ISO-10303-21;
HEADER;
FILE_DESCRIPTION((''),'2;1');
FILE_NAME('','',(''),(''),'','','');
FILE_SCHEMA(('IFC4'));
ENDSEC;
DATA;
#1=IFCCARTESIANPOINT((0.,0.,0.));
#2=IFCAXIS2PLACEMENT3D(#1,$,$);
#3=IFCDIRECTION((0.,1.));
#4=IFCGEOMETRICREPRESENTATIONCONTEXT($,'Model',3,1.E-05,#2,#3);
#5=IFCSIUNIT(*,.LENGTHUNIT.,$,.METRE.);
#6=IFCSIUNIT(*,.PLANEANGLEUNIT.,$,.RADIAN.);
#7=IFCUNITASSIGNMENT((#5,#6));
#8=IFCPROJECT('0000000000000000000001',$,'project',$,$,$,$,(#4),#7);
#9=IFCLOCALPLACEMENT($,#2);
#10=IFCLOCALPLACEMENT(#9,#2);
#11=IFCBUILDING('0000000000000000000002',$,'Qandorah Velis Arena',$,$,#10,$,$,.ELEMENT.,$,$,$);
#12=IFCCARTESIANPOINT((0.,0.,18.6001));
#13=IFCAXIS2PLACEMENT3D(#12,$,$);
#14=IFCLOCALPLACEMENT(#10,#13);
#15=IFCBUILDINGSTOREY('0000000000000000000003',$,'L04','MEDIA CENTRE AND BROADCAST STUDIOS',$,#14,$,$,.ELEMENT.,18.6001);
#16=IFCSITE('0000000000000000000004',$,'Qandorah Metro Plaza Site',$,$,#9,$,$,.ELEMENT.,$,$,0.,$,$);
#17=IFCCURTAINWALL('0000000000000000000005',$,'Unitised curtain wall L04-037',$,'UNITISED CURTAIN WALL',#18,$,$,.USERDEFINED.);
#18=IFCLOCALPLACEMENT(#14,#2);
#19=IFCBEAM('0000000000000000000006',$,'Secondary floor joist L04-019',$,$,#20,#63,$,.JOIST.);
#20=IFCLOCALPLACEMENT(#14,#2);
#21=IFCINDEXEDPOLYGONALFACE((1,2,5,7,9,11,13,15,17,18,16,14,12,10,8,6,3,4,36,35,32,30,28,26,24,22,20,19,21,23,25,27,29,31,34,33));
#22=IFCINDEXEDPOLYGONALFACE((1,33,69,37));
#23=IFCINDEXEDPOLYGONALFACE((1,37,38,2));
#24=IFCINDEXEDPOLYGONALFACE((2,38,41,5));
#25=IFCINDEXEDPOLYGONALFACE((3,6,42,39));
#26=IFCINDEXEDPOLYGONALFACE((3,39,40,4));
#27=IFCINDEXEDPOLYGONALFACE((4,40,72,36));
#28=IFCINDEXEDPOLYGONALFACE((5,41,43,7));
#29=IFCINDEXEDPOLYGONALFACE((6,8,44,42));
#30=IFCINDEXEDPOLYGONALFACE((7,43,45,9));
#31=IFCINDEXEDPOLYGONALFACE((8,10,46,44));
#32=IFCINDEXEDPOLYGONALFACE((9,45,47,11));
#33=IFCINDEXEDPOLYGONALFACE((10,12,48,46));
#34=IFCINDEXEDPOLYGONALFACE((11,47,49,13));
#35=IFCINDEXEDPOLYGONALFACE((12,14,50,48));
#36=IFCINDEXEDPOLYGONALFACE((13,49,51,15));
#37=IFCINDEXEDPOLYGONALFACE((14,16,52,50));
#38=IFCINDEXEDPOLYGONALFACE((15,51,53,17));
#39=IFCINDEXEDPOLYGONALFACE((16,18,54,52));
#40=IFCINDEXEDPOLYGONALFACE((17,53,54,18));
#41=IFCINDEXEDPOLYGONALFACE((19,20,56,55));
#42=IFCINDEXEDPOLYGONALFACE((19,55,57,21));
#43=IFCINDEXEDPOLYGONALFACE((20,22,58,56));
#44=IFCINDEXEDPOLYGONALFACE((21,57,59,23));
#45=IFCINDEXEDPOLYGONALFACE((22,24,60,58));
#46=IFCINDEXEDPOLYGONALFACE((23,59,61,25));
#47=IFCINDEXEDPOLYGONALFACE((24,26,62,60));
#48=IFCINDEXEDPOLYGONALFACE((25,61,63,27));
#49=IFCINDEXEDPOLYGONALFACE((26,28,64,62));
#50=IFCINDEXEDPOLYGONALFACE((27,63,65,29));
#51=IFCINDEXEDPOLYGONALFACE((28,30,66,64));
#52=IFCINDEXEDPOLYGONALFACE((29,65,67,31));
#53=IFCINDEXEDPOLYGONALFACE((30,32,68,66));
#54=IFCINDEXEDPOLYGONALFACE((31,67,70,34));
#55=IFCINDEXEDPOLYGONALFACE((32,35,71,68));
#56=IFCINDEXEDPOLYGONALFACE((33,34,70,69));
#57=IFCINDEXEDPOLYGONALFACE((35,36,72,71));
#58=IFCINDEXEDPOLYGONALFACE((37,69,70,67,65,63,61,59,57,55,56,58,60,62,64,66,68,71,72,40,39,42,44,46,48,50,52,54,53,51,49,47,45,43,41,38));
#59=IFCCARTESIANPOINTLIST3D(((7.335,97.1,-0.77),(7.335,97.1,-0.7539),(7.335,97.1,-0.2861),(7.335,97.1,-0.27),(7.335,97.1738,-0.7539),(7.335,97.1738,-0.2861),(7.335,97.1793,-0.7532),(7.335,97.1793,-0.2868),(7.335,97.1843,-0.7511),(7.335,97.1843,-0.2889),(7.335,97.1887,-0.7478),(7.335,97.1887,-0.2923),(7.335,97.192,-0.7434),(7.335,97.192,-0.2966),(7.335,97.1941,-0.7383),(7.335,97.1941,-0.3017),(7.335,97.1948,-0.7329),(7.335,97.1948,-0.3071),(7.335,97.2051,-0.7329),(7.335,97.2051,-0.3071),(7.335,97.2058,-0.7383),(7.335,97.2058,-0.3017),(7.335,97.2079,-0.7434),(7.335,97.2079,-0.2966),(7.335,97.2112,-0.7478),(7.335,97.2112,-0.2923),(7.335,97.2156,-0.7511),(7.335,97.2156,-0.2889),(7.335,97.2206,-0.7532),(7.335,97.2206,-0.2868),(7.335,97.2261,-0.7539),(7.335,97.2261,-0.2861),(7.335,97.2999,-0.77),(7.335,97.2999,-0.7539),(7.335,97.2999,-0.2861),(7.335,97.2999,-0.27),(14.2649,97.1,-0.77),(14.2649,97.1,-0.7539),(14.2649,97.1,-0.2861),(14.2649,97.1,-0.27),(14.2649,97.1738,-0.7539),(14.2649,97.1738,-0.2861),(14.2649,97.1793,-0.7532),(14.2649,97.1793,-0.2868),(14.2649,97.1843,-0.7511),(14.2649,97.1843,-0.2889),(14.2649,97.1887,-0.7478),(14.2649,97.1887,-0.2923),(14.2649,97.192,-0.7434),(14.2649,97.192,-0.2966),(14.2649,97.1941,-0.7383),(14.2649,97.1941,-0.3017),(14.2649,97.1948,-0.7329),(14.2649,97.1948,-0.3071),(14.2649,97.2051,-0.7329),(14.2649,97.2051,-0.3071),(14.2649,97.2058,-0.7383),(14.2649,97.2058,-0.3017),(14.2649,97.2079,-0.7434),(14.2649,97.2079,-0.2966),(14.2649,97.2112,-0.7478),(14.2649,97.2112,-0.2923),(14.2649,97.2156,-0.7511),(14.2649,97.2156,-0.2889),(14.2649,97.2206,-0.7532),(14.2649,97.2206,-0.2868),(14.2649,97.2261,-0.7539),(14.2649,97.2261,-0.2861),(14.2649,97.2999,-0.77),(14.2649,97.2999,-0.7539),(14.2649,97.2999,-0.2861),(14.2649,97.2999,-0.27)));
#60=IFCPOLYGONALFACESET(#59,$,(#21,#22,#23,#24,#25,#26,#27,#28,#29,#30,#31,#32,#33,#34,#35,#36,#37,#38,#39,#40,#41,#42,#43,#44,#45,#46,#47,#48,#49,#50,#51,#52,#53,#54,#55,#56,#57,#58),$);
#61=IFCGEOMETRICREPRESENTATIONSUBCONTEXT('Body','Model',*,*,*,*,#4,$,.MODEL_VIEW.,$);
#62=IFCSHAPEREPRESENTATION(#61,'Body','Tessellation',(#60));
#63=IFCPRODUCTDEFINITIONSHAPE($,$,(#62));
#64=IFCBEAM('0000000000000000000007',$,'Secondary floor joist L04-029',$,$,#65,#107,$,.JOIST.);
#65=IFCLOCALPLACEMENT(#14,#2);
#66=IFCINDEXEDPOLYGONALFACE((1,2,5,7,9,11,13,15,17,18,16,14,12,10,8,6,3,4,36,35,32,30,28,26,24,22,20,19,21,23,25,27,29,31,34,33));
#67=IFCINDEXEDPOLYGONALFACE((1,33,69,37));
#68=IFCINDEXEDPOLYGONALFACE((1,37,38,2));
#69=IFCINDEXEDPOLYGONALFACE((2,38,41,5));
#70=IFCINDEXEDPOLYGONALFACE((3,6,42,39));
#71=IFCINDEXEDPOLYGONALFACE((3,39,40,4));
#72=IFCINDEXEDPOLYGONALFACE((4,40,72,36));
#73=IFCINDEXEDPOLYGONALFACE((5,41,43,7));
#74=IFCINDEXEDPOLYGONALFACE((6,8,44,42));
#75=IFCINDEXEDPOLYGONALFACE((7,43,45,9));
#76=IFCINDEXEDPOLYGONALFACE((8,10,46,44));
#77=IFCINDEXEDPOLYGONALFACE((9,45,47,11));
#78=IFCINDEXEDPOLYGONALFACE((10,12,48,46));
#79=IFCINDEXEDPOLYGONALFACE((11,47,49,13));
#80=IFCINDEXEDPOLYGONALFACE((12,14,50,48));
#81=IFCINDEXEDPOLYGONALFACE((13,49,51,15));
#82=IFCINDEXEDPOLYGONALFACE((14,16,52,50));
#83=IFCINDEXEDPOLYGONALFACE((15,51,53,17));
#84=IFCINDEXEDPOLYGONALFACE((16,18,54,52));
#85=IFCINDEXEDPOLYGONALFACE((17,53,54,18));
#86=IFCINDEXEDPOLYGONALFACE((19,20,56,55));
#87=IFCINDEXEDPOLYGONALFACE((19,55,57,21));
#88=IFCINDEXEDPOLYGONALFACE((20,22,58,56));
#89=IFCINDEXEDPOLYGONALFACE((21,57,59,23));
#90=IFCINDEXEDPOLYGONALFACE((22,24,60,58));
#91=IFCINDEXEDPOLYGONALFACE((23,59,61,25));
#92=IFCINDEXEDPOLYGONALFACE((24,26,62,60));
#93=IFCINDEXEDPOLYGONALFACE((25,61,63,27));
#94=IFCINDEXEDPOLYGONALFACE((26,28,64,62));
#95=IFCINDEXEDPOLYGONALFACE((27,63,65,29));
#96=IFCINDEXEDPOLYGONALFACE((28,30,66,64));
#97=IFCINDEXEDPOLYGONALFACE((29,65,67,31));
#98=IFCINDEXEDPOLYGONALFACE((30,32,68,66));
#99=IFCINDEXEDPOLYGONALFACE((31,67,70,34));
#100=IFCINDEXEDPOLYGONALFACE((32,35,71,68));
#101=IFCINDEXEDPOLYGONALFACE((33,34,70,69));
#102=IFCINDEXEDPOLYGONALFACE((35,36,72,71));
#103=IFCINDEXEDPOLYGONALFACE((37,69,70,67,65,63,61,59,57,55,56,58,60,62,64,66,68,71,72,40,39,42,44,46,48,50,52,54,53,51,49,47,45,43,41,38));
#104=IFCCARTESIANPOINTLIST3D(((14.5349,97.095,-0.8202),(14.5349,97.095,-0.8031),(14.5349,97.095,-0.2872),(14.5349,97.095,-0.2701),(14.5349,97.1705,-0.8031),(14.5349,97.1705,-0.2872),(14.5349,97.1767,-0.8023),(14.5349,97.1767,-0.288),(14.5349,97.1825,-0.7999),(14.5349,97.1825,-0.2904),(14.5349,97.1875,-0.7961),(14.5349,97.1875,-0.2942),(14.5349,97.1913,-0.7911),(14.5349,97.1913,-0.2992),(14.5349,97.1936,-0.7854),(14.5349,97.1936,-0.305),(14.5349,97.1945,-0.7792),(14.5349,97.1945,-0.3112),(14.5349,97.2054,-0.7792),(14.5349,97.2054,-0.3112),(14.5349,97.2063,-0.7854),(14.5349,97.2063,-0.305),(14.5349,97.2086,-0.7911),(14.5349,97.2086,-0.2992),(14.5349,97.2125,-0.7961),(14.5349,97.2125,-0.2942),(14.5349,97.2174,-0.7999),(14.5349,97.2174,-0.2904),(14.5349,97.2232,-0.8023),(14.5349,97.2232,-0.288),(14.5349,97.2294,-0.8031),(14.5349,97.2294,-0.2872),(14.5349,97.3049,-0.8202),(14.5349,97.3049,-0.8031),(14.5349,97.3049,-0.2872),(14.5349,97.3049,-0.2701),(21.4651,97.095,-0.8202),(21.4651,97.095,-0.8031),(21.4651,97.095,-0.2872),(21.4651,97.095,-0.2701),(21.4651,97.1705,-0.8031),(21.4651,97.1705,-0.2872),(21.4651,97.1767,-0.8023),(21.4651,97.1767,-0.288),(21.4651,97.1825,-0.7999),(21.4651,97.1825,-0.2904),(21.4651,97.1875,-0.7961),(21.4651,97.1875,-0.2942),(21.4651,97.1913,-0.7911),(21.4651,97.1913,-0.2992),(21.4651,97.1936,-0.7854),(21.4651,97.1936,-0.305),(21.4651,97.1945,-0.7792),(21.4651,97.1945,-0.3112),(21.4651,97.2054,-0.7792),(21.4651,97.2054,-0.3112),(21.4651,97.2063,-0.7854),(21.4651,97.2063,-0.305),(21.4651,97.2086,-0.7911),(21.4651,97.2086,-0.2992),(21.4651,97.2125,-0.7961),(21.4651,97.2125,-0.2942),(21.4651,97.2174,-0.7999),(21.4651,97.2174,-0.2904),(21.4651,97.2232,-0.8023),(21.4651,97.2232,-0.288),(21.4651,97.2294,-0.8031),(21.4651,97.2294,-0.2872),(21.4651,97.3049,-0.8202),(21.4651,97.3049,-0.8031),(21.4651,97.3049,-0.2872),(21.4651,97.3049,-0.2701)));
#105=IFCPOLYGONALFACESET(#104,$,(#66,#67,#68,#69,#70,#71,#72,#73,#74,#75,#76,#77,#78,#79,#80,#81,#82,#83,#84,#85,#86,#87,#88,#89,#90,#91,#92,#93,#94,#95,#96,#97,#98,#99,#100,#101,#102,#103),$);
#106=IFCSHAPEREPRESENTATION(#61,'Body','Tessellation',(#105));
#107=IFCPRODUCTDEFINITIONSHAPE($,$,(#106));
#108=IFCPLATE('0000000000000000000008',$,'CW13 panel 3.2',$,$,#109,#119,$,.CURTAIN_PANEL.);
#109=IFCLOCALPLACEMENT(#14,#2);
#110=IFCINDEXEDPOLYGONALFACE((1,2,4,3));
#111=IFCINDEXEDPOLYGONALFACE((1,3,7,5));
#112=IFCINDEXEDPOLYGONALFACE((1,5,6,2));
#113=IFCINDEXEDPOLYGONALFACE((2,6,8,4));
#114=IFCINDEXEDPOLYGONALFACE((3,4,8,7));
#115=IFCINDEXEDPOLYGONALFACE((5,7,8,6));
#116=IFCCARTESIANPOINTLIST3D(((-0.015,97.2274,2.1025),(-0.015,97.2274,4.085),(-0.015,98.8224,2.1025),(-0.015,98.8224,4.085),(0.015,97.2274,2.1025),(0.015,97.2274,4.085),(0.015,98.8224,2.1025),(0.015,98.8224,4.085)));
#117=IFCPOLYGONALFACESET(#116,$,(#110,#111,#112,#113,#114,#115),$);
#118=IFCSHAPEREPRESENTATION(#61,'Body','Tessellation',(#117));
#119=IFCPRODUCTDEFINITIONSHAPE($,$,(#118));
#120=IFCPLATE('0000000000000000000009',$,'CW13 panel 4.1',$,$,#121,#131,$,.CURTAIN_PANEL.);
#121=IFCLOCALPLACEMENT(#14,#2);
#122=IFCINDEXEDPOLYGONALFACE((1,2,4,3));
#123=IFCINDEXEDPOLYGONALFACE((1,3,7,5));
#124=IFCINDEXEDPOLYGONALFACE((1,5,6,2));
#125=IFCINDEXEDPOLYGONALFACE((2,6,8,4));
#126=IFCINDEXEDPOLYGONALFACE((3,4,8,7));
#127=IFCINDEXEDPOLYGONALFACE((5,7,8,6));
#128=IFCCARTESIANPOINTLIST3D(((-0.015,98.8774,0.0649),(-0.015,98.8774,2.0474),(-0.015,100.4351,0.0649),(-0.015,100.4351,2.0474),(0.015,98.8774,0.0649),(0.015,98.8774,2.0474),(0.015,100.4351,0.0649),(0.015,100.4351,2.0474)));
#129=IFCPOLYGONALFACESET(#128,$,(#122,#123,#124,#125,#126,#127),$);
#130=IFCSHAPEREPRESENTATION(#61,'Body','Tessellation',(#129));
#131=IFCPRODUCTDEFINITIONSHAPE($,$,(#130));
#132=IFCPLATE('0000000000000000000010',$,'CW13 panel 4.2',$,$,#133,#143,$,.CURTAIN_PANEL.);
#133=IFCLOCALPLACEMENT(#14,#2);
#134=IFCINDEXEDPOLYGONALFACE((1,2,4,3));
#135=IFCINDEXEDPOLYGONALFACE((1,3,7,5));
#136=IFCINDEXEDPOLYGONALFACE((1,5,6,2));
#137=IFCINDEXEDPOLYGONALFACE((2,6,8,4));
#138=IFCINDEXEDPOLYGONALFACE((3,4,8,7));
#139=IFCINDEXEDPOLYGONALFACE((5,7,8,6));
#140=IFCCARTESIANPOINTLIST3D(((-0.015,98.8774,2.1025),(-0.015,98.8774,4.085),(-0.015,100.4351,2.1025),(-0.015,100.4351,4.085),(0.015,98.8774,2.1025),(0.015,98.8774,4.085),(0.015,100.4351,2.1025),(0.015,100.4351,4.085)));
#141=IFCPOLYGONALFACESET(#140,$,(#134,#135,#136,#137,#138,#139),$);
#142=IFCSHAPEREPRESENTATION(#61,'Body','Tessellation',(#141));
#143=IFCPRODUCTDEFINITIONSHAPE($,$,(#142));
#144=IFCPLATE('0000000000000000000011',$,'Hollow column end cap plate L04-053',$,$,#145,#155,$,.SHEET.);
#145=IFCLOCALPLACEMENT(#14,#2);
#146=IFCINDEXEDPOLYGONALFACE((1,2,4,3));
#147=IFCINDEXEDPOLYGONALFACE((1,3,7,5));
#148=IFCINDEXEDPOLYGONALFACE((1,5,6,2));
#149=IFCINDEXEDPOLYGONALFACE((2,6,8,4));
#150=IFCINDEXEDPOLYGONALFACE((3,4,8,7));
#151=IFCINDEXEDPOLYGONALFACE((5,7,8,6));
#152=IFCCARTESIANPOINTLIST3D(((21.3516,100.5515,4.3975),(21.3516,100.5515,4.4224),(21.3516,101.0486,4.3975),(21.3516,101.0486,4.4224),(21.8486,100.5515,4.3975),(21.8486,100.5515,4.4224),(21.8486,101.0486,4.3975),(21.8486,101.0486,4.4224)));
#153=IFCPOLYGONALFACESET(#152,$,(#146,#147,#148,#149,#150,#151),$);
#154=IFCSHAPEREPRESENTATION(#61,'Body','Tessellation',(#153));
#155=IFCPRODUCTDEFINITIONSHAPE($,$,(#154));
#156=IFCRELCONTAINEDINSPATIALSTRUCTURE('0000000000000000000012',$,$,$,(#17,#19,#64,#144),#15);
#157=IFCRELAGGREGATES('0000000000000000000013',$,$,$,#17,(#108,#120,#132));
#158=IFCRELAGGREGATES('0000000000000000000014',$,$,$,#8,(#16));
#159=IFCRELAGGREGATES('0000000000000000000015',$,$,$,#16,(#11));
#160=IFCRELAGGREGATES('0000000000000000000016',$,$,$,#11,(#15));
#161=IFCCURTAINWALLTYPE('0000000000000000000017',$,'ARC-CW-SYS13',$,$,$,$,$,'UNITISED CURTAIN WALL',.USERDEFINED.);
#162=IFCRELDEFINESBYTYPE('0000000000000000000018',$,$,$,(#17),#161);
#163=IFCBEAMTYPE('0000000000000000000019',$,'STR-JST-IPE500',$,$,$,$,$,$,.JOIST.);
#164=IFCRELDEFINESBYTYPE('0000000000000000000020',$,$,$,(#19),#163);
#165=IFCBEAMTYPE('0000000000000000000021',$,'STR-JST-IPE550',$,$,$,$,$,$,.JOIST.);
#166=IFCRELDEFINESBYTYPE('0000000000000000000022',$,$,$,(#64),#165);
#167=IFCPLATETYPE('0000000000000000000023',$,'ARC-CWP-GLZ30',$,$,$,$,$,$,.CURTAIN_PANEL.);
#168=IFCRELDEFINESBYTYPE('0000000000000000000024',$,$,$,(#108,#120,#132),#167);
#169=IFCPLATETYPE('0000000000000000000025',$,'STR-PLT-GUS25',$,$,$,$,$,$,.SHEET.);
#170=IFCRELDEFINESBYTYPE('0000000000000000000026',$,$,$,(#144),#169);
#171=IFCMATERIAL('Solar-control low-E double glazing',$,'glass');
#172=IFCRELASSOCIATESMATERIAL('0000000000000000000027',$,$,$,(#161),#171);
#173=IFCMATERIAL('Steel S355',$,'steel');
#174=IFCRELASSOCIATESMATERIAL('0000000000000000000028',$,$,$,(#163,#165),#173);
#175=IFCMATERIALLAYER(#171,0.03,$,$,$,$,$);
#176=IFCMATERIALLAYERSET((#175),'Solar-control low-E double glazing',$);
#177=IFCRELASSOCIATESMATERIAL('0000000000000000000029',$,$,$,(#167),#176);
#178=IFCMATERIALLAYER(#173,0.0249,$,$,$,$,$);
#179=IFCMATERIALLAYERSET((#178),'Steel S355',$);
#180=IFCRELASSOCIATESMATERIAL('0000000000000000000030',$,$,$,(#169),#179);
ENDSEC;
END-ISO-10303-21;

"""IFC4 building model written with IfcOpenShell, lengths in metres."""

from ifc_helpers import new_model, si_unit, direction, frame, origin, origin_2d, place, context, subcontext, project, spatial, rectangle, i_section, extrude, material, layer, layer_set, material_profile, profile_set, type_object, element, aggregate, save


model = new_model("IFC4")

# Units and contexts
model_context = context("Model", 3, precision=1e-05, world=origin(), true_north=direction((0.0, 1.0)))
body_context = subcontext(model_context, "Body", "Model", "MODEL_VIEW")
ifc_project = project(units=[si_unit("LENGTHUNIT", "METRE"), si_unit("PLANEANGLEUNIT", "RADIAN")], contexts=[model_context])

# Site, building, storey
site_placement = place(None, origin())
site = spatial("IfcSite", under=ifc_project, at=site_placement, Name="Qandorah Metro Plaza Site", CompositionType="ELEMENT", RefElevation=0.0)
building_placement = place(site_placement, origin())
building = spatial("IfcBuilding", under=site, at=building_placement, Name="Qandorah Velis Arena", CompositionType="ELEMENT")
storey_placement = place(building_placement, frame((0.0, 0.0, 18.6001)))
storey = spatial("IfcBuildingStorey", under=building, at=storey_placement, Name="L04", Description="MEDIA CENTRE AND BROADCAST STUDIOS", CompositionType="ELEMENT", Elevation=18.6001)

# Shared definitions
ifc_material_1 = material(Name="Steel S355", Category="steel")

# Curtain wall
ifc_material_2 = material(Name="Solar-control low-E double glazing", Category="glass")
curtain_wall_type = type_object("IfcCurtainWallType", Name="ARC-CW-SYS13", ElementType="UNITISED CURTAIN WALL", PredefinedType="USERDEFINED", material=ifc_material_2)
curtain_wall_placement = place(storey_placement, origin())
curtain_wall = element("IfcCurtainWall", 1, at=curtain_wall_placement, inside=storey, type_object=curtain_wall_type, Name="Unitised curtain wall L04-037", ObjectType="UNITISED CURTAIN WALL", PredefinedType="USERDEFINED")

# Beams
ifc_material_profile_1 = material_profile(ifc_material_1, i_section(OverallWidth=0.2, OverallDepth=0.5, WebThickness=0.0103, FlangeThickness=0.0161, FilletRadius=0.021, at=origin_2d()), Name="IPE 500")
ifc_profile_set_1 = profile_set([ifc_material_profile_1], Name="Steel S355")
beam_type_1 = type_object("IfcBeamType", Name="STR-JST-IPE500", PredefinedType="JOIST", material=ifc_profile_set_1)
beam_1_placement = place(storey_placement, frame((7.335, 97.2, -0.52), z_axis=(1.0, 0.0, 0.0), x_axis=(0.0, 1.0, 0.0)))
element("IfcBeam", 2, at=beam_1_placement, inside=storey, type_object=beam_type_1, Name="Secondary floor joist L04-019", PredefinedType="JOIST", context=body_context, shape_type="SweptSolid", body=[
    extrude(i_section(OverallWidth=0.2, OverallDepth=0.5, WebThickness=0.0103, FlangeThickness=0.0161, FilletRadius=0.021, at=origin_2d()), origin(), (0.0, 0.0, 1.0), 6.9299),
])
ifc_material_profile_2 = material_profile(ifc_material_1, i_section(OverallWidth=0.21, OverallDepth=0.55, WebThickness=0.011, FlangeThickness=0.0171, FilletRadius=0.0239, at=origin_2d()), Name="IPE 550")
ifc_profile_set_2 = profile_set([ifc_material_profile_2], Name="Steel S355")
beam_type_2 = type_object("IfcBeamType", Name="STR-JST-IPE550", PredefinedType="JOIST", material=ifc_profile_set_2)
beam_2_placement = place(storey_placement, frame((14.5349, 97.2, -0.5452), z_axis=(1.0, 0.0, 0.0), x_axis=(0.0, 1.0, 0.0)))
element("IfcBeam", 3, at=beam_2_placement, inside=storey, type_object=beam_type_2, Name="Secondary floor joist L04-029", PredefinedType="JOIST", context=body_context, shape_type="SweptSolid", body=[
    extrude(i_section(OverallWidth=0.21, OverallDepth=0.55, WebThickness=0.011, FlangeThickness=0.0171, FilletRadius=0.0239, at=origin_2d()), origin(), (0.0, 0.0, 1.0), 6.9302),
])

# Plates
ifc_layer_1 = layer(ifc_material_2, 0.03)
ifc_layer_set_1 = layer_set([ifc_layer_1], Name="Solar-control low-E double glazing")
plate_type_1 = type_object("IfcPlateType", Name="ARC-CWP-GLZ30", PredefinedType="CURTAIN_PANEL", material=ifc_layer_set_1)
plate_1_placement = place(storey_placement, frame((0.0, 98.0249, 2.1025), z_axis=(0.0, 0.0, 1.0), x_axis=(0.0, 1.0, 0.0)))
plate_1 = element("IfcPlate", 4, at=plate_1_placement, type_object=plate_type_1, Name="CW13 panel 3.2", PredefinedType="CURTAIN_PANEL", context=body_context, shape_type="SweptSolid", body=[
    extrude(rectangle(XDim=1.595, YDim=0.03, at=origin_2d()), origin(), (0.0, 0.0, 1.0), 1.9824),
])
plate_2_placement = place(storey_placement, frame((0.0, 99.6562, 0.0649), z_axis=(0.0, 0.0, 1.0), x_axis=(0.0, 1.0, 0.0)))
plate_2 = element("IfcPlate", 5, at=plate_2_placement, type_object=plate_type_1, Name="CW13 panel 4.1", PredefinedType="CURTAIN_PANEL", context=body_context, shape_type="SweptSolid", body=[
    extrude(rectangle(XDim=1.5576, YDim=0.03, at=origin_2d()), origin(), (0.0, 0.0, 1.0), 1.9824),
])
plate_3_placement = place(storey_placement, frame((0.0, 99.6562, 2.1025), z_axis=(0.0, 0.0, 1.0), x_axis=(0.0, 1.0, 0.0)))
plate_3 = element("IfcPlate", 6, at=plate_3_placement, type_object=plate_type_1, Name="CW13 panel 4.2", PredefinedType="CURTAIN_PANEL", context=body_context, shape_type="SweptSolid", body=[
    extrude(rectangle(XDim=1.5576, YDim=0.03, at=origin_2d()), origin(), (0.0, 0.0, 1.0), 1.9824),
])
aggregate(curtain_wall, [plate_1, plate_2, plate_3])
ifc_layer_2 = layer(ifc_material_1, 0.0249)
ifc_layer_set_2 = layer_set([ifc_layer_2], Name="Steel S355")
plate_type_2 = type_object("IfcPlateType", Name="STR-PLT-GUS25", PredefinedType="SHEET", material=ifc_layer_set_2)
plate_4_placement = place(storey_placement, frame((21.6001, 100.8, 4.3975), z_axis=(0.0, 0.0, 1.0), x_axis=(1.0, 0.0, 0.0)))
element("IfcPlate", 7, at=plate_4_placement, inside=storey, type_object=plate_type_2, Name="Hollow column end cap plate L04-053", PredefinedType="SHEET", context=body_context, shape_type="SweptSolid", body=[
    extrude(rectangle(XDim=0.4971, YDim=0.4971, at=origin_2d()), origin(), (0.0, 0.0, 1.0), 0.0249),
])

save(model, "model.ifc")
